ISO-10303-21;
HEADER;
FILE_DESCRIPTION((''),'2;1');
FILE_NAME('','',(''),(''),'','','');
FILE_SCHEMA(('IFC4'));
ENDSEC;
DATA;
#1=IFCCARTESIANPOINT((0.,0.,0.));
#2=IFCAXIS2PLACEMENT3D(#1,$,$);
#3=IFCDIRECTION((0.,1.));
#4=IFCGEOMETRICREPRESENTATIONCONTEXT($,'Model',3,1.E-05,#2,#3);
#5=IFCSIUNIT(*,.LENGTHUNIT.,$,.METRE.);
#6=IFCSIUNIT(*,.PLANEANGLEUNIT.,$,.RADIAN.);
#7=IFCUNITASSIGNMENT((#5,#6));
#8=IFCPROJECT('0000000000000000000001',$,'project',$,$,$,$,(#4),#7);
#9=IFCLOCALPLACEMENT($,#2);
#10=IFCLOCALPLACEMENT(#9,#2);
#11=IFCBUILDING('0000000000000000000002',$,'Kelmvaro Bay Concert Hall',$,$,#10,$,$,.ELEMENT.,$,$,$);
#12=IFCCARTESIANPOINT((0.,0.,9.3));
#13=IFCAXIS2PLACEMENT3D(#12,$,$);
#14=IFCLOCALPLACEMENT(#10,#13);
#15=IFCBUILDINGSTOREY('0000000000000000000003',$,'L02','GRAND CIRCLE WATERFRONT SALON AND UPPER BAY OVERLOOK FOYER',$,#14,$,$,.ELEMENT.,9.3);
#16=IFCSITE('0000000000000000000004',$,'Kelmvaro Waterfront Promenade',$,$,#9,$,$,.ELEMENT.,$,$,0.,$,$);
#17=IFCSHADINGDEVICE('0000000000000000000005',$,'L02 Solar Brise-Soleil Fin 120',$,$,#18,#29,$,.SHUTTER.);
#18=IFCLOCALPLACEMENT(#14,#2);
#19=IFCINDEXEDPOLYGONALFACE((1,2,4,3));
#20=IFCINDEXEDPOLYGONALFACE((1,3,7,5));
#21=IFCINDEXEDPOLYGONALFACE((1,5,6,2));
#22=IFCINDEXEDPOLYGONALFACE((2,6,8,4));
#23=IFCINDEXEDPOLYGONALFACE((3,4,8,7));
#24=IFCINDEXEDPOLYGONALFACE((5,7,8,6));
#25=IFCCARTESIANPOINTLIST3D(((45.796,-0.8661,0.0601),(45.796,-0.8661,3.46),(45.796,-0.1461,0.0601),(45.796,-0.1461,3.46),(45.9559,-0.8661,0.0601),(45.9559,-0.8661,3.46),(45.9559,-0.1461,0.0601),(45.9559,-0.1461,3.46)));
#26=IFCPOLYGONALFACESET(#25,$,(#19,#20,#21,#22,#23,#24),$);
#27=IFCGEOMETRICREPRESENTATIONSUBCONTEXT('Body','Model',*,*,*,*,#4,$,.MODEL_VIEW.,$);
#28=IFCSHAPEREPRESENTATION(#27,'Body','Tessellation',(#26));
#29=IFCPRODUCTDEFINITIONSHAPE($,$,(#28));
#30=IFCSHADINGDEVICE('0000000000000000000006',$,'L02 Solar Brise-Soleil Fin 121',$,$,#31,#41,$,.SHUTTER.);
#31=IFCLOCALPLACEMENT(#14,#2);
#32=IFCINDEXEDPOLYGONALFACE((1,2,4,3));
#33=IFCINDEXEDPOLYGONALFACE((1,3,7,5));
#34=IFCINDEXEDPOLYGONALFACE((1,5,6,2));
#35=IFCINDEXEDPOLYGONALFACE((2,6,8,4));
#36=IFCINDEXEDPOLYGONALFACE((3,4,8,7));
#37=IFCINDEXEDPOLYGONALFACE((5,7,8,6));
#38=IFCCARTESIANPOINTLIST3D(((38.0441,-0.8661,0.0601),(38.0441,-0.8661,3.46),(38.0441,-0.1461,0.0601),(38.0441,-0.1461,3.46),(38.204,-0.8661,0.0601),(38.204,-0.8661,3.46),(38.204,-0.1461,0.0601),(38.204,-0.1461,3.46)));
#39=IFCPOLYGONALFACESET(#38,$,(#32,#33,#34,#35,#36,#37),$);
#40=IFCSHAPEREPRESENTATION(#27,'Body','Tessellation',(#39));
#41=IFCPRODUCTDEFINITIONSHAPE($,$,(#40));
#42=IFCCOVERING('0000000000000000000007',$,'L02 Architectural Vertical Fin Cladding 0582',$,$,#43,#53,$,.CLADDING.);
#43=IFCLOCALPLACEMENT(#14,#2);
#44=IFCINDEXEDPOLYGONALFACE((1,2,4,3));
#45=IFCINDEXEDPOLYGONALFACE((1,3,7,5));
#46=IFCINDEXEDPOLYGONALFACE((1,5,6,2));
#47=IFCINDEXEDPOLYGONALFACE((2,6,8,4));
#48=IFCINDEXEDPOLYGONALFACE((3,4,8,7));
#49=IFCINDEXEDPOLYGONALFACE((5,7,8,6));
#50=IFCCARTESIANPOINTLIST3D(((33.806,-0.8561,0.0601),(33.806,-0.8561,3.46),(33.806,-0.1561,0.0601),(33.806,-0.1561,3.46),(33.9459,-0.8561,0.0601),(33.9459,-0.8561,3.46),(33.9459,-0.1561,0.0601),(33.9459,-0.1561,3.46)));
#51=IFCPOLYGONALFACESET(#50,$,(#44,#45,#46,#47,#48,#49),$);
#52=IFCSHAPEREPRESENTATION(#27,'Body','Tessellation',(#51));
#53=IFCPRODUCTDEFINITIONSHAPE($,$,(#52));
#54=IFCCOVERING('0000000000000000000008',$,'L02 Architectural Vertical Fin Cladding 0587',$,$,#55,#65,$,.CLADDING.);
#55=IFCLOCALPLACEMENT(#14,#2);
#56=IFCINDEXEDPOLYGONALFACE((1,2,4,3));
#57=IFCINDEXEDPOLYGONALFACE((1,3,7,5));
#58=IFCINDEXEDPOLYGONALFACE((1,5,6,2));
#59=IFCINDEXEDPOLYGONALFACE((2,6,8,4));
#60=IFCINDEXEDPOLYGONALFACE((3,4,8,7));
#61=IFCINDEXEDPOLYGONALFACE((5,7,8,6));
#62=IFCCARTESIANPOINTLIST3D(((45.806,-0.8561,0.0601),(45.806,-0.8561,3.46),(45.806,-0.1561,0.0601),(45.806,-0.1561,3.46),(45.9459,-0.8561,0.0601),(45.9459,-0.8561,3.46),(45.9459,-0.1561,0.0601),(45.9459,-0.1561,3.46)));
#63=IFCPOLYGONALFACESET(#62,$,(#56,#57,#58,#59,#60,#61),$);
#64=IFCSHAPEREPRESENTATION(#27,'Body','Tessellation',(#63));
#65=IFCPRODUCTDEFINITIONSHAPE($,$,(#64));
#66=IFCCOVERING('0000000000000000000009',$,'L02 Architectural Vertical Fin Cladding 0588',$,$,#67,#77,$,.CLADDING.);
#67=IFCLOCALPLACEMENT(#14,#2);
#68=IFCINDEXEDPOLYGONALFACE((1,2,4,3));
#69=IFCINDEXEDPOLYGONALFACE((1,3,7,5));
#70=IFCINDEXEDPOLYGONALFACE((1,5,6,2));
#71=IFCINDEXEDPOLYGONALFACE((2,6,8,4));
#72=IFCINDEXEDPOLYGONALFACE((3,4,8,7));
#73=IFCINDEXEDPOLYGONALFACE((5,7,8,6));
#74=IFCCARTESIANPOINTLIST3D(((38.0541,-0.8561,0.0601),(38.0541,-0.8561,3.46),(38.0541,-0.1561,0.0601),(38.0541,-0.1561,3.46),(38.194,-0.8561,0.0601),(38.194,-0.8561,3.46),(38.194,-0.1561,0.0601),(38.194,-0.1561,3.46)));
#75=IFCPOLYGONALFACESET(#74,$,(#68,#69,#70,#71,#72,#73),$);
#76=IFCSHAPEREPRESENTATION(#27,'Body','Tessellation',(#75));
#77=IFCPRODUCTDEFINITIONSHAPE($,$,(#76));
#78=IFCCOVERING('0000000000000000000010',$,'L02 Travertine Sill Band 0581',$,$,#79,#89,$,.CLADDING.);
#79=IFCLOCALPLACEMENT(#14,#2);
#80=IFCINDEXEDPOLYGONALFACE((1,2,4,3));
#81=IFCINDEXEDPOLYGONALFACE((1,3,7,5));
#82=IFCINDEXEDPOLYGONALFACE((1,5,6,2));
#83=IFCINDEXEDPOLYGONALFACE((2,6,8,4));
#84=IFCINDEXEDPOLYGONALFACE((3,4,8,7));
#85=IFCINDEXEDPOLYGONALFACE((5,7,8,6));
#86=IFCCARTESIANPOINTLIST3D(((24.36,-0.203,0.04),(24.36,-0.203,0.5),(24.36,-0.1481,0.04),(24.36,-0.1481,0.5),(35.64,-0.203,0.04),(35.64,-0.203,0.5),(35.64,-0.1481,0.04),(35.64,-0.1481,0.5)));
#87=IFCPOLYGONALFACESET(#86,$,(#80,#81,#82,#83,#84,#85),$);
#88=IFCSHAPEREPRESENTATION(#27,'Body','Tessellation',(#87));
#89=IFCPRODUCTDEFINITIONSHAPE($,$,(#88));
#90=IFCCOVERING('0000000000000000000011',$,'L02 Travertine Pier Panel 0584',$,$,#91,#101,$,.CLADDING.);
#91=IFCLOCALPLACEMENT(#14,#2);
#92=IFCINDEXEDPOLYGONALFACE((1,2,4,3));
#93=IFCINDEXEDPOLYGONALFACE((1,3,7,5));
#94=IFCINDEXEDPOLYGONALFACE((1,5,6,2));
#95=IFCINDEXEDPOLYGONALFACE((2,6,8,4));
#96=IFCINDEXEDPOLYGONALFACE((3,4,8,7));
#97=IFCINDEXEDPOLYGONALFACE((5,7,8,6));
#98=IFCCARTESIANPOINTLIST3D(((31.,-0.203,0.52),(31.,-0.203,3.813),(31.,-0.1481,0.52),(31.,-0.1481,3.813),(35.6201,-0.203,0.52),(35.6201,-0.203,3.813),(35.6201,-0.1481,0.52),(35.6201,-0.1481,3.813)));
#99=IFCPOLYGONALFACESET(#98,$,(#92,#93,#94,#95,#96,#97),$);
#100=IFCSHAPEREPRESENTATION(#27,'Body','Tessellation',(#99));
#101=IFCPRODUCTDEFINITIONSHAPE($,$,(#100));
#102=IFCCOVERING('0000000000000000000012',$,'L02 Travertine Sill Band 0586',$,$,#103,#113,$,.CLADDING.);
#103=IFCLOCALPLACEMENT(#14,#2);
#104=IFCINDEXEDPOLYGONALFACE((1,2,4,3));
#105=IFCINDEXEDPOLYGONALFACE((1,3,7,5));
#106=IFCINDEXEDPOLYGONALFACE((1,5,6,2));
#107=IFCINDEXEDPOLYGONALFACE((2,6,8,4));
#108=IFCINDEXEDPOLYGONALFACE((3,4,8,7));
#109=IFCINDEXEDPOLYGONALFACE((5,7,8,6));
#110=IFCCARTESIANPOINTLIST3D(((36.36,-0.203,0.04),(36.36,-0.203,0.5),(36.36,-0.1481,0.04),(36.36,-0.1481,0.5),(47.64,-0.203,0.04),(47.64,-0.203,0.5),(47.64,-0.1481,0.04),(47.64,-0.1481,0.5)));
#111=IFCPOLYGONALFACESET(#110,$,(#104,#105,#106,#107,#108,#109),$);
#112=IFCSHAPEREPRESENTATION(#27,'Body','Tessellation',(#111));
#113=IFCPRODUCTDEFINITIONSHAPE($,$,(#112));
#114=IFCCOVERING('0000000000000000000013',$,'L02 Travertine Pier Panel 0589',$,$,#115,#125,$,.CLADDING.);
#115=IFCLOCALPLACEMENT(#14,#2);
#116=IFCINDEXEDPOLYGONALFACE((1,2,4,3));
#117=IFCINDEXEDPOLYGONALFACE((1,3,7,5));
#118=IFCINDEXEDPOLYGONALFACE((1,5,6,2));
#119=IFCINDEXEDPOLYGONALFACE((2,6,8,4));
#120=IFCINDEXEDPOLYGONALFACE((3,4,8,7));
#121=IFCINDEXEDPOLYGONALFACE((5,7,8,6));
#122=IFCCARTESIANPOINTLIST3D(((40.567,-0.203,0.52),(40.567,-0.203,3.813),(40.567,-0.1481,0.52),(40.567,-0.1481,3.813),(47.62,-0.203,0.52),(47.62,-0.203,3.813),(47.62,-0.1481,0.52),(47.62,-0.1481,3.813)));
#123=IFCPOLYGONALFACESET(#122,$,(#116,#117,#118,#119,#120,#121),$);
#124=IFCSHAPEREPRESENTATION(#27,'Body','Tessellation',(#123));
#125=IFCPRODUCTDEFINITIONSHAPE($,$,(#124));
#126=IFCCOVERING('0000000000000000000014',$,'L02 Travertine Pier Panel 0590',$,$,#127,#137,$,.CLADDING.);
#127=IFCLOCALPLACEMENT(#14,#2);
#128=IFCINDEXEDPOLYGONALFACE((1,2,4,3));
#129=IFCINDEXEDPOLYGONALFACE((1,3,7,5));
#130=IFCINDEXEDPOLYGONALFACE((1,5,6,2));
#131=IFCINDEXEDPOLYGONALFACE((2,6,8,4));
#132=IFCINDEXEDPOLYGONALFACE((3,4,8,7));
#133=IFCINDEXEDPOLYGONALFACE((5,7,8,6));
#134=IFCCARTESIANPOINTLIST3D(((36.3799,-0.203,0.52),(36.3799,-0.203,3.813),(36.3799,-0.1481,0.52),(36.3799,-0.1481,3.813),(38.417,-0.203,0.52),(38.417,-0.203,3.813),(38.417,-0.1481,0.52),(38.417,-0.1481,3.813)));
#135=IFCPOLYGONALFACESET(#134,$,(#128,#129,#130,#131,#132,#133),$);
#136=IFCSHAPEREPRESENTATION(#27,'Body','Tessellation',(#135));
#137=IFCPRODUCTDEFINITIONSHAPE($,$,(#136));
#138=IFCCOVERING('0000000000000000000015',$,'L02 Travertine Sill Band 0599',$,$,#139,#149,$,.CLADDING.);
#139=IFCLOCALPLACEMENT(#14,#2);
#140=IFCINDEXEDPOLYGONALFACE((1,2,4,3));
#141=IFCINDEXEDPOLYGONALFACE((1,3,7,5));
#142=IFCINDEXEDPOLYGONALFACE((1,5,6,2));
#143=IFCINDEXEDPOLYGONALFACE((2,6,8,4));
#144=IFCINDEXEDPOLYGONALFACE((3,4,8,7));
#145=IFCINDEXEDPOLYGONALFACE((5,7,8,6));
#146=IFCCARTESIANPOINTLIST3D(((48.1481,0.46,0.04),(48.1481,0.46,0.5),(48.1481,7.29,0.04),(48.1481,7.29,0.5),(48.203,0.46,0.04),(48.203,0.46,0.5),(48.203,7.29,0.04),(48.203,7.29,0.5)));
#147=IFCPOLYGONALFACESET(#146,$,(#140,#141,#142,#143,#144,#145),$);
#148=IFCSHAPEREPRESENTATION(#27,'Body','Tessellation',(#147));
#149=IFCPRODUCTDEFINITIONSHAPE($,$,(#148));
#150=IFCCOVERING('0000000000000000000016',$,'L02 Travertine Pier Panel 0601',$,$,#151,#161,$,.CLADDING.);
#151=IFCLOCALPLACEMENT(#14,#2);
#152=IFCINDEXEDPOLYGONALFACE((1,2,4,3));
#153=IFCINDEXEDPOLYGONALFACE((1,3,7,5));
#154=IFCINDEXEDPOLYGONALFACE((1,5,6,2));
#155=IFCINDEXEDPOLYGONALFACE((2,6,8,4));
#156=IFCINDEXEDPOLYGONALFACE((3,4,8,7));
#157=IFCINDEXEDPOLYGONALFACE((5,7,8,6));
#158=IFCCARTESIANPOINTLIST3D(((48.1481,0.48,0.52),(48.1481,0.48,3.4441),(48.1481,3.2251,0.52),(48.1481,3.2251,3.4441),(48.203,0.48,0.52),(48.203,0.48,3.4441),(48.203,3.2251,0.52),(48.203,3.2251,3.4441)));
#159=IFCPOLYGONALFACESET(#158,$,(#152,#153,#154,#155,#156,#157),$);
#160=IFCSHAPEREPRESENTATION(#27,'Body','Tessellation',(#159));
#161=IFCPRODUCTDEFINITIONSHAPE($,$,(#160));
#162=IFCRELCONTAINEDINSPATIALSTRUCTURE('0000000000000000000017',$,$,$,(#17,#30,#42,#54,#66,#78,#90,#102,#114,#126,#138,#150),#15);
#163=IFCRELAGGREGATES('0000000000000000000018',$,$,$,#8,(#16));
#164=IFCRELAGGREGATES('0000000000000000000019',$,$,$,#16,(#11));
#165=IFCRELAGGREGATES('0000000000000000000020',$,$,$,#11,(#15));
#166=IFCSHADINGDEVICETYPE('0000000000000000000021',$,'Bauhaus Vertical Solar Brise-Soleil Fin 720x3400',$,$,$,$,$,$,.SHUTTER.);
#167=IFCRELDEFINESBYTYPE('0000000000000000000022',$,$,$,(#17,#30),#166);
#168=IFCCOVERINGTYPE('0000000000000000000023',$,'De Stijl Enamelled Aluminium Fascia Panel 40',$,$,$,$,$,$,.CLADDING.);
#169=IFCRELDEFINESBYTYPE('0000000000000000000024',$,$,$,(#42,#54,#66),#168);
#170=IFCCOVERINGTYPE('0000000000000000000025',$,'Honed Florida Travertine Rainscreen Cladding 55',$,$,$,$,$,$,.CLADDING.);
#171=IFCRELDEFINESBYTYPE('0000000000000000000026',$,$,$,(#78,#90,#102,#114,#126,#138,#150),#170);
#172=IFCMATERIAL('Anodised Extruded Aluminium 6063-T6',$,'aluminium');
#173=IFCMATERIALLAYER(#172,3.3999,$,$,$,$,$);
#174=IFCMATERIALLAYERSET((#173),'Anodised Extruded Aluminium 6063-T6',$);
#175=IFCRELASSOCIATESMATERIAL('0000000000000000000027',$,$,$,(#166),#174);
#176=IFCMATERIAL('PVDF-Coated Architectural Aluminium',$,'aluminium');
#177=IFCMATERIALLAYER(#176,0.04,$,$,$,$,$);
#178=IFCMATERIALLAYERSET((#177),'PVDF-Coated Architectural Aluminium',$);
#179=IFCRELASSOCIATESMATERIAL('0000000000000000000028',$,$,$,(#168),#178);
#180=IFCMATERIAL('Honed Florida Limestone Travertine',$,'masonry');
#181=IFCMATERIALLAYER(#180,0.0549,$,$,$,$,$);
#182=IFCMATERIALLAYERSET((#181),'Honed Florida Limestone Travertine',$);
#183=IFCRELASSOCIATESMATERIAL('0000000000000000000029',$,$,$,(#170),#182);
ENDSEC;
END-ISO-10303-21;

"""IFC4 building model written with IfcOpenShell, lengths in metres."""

from ifc_helpers import new_model, si_unit, direction, frame, origin, origin_2d, place, context, subcontext, project, spatial, rectangle, extrude, material, layer, layer_set, type_object, element, save


model = new_model("IFC4")

# Units and contexts
model_context = context("Model", 3, precision=1e-05, world=origin(), true_north=direction((0.0, 1.0)))
body_context = subcontext(model_context, "Body", "Model", "MODEL_VIEW")
ifc_project = project(units=[si_unit("LENGTHUNIT", "METRE"), si_unit("PLANEANGLEUNIT", "RADIAN")], contexts=[model_context])

# Site, building, storey
site_placement = place(None, origin())
site = spatial("IfcSite", under=ifc_project, at=site_placement, Name="Kelmvaro Waterfront Promenade", CompositionType="ELEMENT", RefElevation=0.0)
building_placement = place(site_placement, origin())
building = spatial("IfcBuilding", under=site, at=building_placement, Name="Kelmvaro Bay Concert Hall", CompositionType="ELEMENT")
storey_placement = place(building_placement, frame((0.0, 0.0, 9.3)))
storey = spatial("IfcBuildingStorey", under=building, at=storey_placement, Name="L02", Description="GRAND CIRCLE WATERFRONT SALON AND UPPER BAY OVERLOOK FOYER", CompositionType="ELEMENT", Elevation=9.3)

# Shading devices
ifc_material_1 = material(Name="Anodised Extruded Aluminium 6063-T6", Category="aluminium")
ifc_layer_1 = layer(ifc_material_1, 3.3999)
ifc_layer_set_1 = layer_set([ifc_layer_1], Name="Anodised Extruded Aluminium 6063-T6")
shading_device_type = type_object("IfcShadingDeviceType", Name="Bauhaus Vertical Solar Brise-Soleil Fin 720x3400", PredefinedType="SHUTTER", material=ifc_layer_set_1)
for number, where, z_axis, x_axis, name in (
    (1, (45.876, -0.5061, 0.0601), (0.0, 0.0, 1.0), (-1.0, 0.0, 0.0), "L02 Solar Brise-Soleil Fin 120"),
    (2, (38.124, -0.5061, 0.0601), (0.0, 0.0, 1.0), (-1.0, 0.0, 0.0), "L02 Solar Brise-Soleil Fin 121"),
):
    element("IfcShadingDevice", number, at=place(storey_placement, frame(where, z_axis=z_axis, x_axis=x_axis)), inside=storey, type_object=shading_device_type, Name=name, PredefinedType="SHUTTER", context=body_context, shape_type="SweptSolid", body=[
        extrude(rectangle(XDim=0.1599, YDim=0.72, at=origin_2d()), origin(), (0.0, 0.0, 1.0), 3.3999),
    ])

# Coverings
ifc_material_2 = material(Name="PVDF-Coated Architectural Aluminium", Category="aluminium")
ifc_layer_2 = layer(ifc_material_2, 0.04)
ifc_layer_set_2 = layer_set([ifc_layer_2], Name="PVDF-Coated Architectural Aluminium")
covering_type_1 = type_object("IfcCoveringType", Name="De Stijl Enamelled Aluminium Fascia Panel 40", PredefinedType="CLADDING", material=ifc_layer_set_2)
for number, where, z_axis, x_axis, name in (
    (3, (33.876, -0.5061, 0.0601), (0.0, 0.0, 1.0), (-1.0, 0.0, 0.0), "L02 Architectural Vertical Fin Cladding 0582"),
    (4, (45.876, -0.5061, 0.0601), (0.0, 0.0, 1.0), (-1.0, 0.0, 0.0), "L02 Architectural Vertical Fin Cladding 0587"),
    (5, (38.124, -0.5061, 0.0601), (0.0, 0.0, 1.0), (-1.0, 0.0, 0.0), "L02 Architectural Vertical Fin Cladding 0588"),
):
    element("IfcCovering", number, at=place(storey_placement, frame(where, z_axis=z_axis, x_axis=x_axis)), inside=storey, type_object=covering_type_1, Name=name, PredefinedType="CLADDING", context=body_context, shape_type="SweptSolid", body=[
        extrude(rectangle(XDim=0.1399, YDim=0.7, at=origin_2d()), origin(), (0.0, 0.0, 1.0), 3.3999),
    ])
ifc_material_3 = material(Name="Honed Florida Limestone Travertine", Category="masonry")
ifc_layer_3 = layer(ifc_material_3, 0.0549)
ifc_layer_set_3 = layer_set([ifc_layer_3], Name="Honed Florida Limestone Travertine")
covering_type_2 = type_object("IfcCoveringType", Name="Honed Florida Travertine Rainscreen Cladding 55", PredefinedType="CLADDING", material=ifc_layer_set_3)
covering_1_placement = place(storey_placement, frame((30.0, -0.1755, 0.04), z_axis=(0.0, 0.0, 1.0), x_axis=(-1.0, 0.0, 0.0)))
element("IfcCovering", 6, at=covering_1_placement, inside=storey, type_object=covering_type_2, Name="L02 Travertine Sill Band 0581", PredefinedType="CLADDING", context=body_context, shape_type="SweptSolid", body=[
    extrude(rectangle(XDim=11.28, YDim=0.0549, at=origin_2d()), origin(), (0.0, 0.0, 1.0), 0.46),
])
covering_2_placement = place(storey_placement, frame((33.3101, -0.1755, 0.52), z_axis=(0.0, 0.0, 1.0), x_axis=(-1.0, 0.0, 0.0)))
element("IfcCovering", 7, at=covering_2_placement, inside=storey, type_object=covering_type_2, Name="L02 Travertine Pier Panel 0584", PredefinedType="CLADDING", context=body_context, shape_type="SweptSolid", body=[
    extrude(rectangle(XDim=4.6201, YDim=0.0549, at=origin_2d()), origin(), (0.0, 0.0, 1.0), 3.293),
])
covering_3_placement = place(storey_placement, frame((42.0, -0.1755, 0.04), z_axis=(0.0, 0.0, 1.0), x_axis=(-1.0, 0.0, 0.0)))
element("IfcCovering", 8, at=covering_3_placement, inside=storey, type_object=covering_type_2, Name="L02 Travertine Sill Band 0586", PredefinedType="CLADDING", context=body_context, shape_type="SweptSolid", body=[
    extrude(rectangle(XDim=11.28, YDim=0.0549, at=origin_2d()), origin(), (0.0, 0.0, 1.0), 0.46),
])
covering_4_placement = place(storey_placement, frame((44.0935, -0.1755, 0.52), z_axis=(0.0, 0.0, 1.0), x_axis=(-1.0, 0.0, 0.0)))
element("IfcCovering", 9, at=covering_4_placement, inside=storey, type_object=covering_type_2, Name="L02 Travertine Pier Panel 0589", PredefinedType="CLADDING", context=body_context, shape_type="SweptSolid", body=[
    extrude(rectangle(XDim=7.053, YDim=0.0549, at=origin_2d()), origin(), (0.0, 0.0, 1.0), 3.293),
])
covering_5_placement = place(storey_placement, frame((37.3984, -0.1755, 0.52), z_axis=(0.0, 0.0, 1.0), x_axis=(-1.0, 0.0, 0.0)))
element("IfcCovering", 10, at=covering_5_placement, inside=storey, type_object=covering_type_2, Name="L02 Travertine Pier Panel 0590", PredefinedType="CLADDING", context=body_context, shape_type="SweptSolid", body=[
    extrude(rectangle(XDim=2.0371, YDim=0.0549, at=origin_2d()), origin(), (0.0, 0.0, 1.0), 3.293),
])
covering_6_placement = place(storey_placement, frame((48.1755, 3.875, 0.04), z_axis=(0.0, 0.0, 1.0), x_axis=(0.0, -1.0, 0.0)))
element("IfcCovering", 11, at=covering_6_placement, inside=storey, type_object=covering_type_2, Name="L02 Travertine Sill Band 0599", PredefinedType="CLADDING", context=body_context, shape_type="SweptSolid", body=[
    extrude(rectangle(XDim=6.8301, YDim=0.0549, at=origin_2d()), origin(), (0.0, 0.0, 1.0), 0.46),
])
covering_7_placement = place(storey_placement, frame((48.1755, 1.8525, 0.52), z_axis=(0.0, 0.0, 1.0), x_axis=(0.0, -1.0, 0.0)))
element("IfcCovering", 12, at=covering_7_placement, inside=storey, type_object=covering_type_2, Name="L02 Travertine Pier Panel 0601", PredefinedType="CLADDING", context=body_context, shape_type="SweptSolid", body=[
    extrude(rectangle(XDim=2.7451, YDim=0.0549, at=origin_2d()), origin(), (0.0, 0.0, 1.0), 2.9241),
])

save(model, "model.ifc")
